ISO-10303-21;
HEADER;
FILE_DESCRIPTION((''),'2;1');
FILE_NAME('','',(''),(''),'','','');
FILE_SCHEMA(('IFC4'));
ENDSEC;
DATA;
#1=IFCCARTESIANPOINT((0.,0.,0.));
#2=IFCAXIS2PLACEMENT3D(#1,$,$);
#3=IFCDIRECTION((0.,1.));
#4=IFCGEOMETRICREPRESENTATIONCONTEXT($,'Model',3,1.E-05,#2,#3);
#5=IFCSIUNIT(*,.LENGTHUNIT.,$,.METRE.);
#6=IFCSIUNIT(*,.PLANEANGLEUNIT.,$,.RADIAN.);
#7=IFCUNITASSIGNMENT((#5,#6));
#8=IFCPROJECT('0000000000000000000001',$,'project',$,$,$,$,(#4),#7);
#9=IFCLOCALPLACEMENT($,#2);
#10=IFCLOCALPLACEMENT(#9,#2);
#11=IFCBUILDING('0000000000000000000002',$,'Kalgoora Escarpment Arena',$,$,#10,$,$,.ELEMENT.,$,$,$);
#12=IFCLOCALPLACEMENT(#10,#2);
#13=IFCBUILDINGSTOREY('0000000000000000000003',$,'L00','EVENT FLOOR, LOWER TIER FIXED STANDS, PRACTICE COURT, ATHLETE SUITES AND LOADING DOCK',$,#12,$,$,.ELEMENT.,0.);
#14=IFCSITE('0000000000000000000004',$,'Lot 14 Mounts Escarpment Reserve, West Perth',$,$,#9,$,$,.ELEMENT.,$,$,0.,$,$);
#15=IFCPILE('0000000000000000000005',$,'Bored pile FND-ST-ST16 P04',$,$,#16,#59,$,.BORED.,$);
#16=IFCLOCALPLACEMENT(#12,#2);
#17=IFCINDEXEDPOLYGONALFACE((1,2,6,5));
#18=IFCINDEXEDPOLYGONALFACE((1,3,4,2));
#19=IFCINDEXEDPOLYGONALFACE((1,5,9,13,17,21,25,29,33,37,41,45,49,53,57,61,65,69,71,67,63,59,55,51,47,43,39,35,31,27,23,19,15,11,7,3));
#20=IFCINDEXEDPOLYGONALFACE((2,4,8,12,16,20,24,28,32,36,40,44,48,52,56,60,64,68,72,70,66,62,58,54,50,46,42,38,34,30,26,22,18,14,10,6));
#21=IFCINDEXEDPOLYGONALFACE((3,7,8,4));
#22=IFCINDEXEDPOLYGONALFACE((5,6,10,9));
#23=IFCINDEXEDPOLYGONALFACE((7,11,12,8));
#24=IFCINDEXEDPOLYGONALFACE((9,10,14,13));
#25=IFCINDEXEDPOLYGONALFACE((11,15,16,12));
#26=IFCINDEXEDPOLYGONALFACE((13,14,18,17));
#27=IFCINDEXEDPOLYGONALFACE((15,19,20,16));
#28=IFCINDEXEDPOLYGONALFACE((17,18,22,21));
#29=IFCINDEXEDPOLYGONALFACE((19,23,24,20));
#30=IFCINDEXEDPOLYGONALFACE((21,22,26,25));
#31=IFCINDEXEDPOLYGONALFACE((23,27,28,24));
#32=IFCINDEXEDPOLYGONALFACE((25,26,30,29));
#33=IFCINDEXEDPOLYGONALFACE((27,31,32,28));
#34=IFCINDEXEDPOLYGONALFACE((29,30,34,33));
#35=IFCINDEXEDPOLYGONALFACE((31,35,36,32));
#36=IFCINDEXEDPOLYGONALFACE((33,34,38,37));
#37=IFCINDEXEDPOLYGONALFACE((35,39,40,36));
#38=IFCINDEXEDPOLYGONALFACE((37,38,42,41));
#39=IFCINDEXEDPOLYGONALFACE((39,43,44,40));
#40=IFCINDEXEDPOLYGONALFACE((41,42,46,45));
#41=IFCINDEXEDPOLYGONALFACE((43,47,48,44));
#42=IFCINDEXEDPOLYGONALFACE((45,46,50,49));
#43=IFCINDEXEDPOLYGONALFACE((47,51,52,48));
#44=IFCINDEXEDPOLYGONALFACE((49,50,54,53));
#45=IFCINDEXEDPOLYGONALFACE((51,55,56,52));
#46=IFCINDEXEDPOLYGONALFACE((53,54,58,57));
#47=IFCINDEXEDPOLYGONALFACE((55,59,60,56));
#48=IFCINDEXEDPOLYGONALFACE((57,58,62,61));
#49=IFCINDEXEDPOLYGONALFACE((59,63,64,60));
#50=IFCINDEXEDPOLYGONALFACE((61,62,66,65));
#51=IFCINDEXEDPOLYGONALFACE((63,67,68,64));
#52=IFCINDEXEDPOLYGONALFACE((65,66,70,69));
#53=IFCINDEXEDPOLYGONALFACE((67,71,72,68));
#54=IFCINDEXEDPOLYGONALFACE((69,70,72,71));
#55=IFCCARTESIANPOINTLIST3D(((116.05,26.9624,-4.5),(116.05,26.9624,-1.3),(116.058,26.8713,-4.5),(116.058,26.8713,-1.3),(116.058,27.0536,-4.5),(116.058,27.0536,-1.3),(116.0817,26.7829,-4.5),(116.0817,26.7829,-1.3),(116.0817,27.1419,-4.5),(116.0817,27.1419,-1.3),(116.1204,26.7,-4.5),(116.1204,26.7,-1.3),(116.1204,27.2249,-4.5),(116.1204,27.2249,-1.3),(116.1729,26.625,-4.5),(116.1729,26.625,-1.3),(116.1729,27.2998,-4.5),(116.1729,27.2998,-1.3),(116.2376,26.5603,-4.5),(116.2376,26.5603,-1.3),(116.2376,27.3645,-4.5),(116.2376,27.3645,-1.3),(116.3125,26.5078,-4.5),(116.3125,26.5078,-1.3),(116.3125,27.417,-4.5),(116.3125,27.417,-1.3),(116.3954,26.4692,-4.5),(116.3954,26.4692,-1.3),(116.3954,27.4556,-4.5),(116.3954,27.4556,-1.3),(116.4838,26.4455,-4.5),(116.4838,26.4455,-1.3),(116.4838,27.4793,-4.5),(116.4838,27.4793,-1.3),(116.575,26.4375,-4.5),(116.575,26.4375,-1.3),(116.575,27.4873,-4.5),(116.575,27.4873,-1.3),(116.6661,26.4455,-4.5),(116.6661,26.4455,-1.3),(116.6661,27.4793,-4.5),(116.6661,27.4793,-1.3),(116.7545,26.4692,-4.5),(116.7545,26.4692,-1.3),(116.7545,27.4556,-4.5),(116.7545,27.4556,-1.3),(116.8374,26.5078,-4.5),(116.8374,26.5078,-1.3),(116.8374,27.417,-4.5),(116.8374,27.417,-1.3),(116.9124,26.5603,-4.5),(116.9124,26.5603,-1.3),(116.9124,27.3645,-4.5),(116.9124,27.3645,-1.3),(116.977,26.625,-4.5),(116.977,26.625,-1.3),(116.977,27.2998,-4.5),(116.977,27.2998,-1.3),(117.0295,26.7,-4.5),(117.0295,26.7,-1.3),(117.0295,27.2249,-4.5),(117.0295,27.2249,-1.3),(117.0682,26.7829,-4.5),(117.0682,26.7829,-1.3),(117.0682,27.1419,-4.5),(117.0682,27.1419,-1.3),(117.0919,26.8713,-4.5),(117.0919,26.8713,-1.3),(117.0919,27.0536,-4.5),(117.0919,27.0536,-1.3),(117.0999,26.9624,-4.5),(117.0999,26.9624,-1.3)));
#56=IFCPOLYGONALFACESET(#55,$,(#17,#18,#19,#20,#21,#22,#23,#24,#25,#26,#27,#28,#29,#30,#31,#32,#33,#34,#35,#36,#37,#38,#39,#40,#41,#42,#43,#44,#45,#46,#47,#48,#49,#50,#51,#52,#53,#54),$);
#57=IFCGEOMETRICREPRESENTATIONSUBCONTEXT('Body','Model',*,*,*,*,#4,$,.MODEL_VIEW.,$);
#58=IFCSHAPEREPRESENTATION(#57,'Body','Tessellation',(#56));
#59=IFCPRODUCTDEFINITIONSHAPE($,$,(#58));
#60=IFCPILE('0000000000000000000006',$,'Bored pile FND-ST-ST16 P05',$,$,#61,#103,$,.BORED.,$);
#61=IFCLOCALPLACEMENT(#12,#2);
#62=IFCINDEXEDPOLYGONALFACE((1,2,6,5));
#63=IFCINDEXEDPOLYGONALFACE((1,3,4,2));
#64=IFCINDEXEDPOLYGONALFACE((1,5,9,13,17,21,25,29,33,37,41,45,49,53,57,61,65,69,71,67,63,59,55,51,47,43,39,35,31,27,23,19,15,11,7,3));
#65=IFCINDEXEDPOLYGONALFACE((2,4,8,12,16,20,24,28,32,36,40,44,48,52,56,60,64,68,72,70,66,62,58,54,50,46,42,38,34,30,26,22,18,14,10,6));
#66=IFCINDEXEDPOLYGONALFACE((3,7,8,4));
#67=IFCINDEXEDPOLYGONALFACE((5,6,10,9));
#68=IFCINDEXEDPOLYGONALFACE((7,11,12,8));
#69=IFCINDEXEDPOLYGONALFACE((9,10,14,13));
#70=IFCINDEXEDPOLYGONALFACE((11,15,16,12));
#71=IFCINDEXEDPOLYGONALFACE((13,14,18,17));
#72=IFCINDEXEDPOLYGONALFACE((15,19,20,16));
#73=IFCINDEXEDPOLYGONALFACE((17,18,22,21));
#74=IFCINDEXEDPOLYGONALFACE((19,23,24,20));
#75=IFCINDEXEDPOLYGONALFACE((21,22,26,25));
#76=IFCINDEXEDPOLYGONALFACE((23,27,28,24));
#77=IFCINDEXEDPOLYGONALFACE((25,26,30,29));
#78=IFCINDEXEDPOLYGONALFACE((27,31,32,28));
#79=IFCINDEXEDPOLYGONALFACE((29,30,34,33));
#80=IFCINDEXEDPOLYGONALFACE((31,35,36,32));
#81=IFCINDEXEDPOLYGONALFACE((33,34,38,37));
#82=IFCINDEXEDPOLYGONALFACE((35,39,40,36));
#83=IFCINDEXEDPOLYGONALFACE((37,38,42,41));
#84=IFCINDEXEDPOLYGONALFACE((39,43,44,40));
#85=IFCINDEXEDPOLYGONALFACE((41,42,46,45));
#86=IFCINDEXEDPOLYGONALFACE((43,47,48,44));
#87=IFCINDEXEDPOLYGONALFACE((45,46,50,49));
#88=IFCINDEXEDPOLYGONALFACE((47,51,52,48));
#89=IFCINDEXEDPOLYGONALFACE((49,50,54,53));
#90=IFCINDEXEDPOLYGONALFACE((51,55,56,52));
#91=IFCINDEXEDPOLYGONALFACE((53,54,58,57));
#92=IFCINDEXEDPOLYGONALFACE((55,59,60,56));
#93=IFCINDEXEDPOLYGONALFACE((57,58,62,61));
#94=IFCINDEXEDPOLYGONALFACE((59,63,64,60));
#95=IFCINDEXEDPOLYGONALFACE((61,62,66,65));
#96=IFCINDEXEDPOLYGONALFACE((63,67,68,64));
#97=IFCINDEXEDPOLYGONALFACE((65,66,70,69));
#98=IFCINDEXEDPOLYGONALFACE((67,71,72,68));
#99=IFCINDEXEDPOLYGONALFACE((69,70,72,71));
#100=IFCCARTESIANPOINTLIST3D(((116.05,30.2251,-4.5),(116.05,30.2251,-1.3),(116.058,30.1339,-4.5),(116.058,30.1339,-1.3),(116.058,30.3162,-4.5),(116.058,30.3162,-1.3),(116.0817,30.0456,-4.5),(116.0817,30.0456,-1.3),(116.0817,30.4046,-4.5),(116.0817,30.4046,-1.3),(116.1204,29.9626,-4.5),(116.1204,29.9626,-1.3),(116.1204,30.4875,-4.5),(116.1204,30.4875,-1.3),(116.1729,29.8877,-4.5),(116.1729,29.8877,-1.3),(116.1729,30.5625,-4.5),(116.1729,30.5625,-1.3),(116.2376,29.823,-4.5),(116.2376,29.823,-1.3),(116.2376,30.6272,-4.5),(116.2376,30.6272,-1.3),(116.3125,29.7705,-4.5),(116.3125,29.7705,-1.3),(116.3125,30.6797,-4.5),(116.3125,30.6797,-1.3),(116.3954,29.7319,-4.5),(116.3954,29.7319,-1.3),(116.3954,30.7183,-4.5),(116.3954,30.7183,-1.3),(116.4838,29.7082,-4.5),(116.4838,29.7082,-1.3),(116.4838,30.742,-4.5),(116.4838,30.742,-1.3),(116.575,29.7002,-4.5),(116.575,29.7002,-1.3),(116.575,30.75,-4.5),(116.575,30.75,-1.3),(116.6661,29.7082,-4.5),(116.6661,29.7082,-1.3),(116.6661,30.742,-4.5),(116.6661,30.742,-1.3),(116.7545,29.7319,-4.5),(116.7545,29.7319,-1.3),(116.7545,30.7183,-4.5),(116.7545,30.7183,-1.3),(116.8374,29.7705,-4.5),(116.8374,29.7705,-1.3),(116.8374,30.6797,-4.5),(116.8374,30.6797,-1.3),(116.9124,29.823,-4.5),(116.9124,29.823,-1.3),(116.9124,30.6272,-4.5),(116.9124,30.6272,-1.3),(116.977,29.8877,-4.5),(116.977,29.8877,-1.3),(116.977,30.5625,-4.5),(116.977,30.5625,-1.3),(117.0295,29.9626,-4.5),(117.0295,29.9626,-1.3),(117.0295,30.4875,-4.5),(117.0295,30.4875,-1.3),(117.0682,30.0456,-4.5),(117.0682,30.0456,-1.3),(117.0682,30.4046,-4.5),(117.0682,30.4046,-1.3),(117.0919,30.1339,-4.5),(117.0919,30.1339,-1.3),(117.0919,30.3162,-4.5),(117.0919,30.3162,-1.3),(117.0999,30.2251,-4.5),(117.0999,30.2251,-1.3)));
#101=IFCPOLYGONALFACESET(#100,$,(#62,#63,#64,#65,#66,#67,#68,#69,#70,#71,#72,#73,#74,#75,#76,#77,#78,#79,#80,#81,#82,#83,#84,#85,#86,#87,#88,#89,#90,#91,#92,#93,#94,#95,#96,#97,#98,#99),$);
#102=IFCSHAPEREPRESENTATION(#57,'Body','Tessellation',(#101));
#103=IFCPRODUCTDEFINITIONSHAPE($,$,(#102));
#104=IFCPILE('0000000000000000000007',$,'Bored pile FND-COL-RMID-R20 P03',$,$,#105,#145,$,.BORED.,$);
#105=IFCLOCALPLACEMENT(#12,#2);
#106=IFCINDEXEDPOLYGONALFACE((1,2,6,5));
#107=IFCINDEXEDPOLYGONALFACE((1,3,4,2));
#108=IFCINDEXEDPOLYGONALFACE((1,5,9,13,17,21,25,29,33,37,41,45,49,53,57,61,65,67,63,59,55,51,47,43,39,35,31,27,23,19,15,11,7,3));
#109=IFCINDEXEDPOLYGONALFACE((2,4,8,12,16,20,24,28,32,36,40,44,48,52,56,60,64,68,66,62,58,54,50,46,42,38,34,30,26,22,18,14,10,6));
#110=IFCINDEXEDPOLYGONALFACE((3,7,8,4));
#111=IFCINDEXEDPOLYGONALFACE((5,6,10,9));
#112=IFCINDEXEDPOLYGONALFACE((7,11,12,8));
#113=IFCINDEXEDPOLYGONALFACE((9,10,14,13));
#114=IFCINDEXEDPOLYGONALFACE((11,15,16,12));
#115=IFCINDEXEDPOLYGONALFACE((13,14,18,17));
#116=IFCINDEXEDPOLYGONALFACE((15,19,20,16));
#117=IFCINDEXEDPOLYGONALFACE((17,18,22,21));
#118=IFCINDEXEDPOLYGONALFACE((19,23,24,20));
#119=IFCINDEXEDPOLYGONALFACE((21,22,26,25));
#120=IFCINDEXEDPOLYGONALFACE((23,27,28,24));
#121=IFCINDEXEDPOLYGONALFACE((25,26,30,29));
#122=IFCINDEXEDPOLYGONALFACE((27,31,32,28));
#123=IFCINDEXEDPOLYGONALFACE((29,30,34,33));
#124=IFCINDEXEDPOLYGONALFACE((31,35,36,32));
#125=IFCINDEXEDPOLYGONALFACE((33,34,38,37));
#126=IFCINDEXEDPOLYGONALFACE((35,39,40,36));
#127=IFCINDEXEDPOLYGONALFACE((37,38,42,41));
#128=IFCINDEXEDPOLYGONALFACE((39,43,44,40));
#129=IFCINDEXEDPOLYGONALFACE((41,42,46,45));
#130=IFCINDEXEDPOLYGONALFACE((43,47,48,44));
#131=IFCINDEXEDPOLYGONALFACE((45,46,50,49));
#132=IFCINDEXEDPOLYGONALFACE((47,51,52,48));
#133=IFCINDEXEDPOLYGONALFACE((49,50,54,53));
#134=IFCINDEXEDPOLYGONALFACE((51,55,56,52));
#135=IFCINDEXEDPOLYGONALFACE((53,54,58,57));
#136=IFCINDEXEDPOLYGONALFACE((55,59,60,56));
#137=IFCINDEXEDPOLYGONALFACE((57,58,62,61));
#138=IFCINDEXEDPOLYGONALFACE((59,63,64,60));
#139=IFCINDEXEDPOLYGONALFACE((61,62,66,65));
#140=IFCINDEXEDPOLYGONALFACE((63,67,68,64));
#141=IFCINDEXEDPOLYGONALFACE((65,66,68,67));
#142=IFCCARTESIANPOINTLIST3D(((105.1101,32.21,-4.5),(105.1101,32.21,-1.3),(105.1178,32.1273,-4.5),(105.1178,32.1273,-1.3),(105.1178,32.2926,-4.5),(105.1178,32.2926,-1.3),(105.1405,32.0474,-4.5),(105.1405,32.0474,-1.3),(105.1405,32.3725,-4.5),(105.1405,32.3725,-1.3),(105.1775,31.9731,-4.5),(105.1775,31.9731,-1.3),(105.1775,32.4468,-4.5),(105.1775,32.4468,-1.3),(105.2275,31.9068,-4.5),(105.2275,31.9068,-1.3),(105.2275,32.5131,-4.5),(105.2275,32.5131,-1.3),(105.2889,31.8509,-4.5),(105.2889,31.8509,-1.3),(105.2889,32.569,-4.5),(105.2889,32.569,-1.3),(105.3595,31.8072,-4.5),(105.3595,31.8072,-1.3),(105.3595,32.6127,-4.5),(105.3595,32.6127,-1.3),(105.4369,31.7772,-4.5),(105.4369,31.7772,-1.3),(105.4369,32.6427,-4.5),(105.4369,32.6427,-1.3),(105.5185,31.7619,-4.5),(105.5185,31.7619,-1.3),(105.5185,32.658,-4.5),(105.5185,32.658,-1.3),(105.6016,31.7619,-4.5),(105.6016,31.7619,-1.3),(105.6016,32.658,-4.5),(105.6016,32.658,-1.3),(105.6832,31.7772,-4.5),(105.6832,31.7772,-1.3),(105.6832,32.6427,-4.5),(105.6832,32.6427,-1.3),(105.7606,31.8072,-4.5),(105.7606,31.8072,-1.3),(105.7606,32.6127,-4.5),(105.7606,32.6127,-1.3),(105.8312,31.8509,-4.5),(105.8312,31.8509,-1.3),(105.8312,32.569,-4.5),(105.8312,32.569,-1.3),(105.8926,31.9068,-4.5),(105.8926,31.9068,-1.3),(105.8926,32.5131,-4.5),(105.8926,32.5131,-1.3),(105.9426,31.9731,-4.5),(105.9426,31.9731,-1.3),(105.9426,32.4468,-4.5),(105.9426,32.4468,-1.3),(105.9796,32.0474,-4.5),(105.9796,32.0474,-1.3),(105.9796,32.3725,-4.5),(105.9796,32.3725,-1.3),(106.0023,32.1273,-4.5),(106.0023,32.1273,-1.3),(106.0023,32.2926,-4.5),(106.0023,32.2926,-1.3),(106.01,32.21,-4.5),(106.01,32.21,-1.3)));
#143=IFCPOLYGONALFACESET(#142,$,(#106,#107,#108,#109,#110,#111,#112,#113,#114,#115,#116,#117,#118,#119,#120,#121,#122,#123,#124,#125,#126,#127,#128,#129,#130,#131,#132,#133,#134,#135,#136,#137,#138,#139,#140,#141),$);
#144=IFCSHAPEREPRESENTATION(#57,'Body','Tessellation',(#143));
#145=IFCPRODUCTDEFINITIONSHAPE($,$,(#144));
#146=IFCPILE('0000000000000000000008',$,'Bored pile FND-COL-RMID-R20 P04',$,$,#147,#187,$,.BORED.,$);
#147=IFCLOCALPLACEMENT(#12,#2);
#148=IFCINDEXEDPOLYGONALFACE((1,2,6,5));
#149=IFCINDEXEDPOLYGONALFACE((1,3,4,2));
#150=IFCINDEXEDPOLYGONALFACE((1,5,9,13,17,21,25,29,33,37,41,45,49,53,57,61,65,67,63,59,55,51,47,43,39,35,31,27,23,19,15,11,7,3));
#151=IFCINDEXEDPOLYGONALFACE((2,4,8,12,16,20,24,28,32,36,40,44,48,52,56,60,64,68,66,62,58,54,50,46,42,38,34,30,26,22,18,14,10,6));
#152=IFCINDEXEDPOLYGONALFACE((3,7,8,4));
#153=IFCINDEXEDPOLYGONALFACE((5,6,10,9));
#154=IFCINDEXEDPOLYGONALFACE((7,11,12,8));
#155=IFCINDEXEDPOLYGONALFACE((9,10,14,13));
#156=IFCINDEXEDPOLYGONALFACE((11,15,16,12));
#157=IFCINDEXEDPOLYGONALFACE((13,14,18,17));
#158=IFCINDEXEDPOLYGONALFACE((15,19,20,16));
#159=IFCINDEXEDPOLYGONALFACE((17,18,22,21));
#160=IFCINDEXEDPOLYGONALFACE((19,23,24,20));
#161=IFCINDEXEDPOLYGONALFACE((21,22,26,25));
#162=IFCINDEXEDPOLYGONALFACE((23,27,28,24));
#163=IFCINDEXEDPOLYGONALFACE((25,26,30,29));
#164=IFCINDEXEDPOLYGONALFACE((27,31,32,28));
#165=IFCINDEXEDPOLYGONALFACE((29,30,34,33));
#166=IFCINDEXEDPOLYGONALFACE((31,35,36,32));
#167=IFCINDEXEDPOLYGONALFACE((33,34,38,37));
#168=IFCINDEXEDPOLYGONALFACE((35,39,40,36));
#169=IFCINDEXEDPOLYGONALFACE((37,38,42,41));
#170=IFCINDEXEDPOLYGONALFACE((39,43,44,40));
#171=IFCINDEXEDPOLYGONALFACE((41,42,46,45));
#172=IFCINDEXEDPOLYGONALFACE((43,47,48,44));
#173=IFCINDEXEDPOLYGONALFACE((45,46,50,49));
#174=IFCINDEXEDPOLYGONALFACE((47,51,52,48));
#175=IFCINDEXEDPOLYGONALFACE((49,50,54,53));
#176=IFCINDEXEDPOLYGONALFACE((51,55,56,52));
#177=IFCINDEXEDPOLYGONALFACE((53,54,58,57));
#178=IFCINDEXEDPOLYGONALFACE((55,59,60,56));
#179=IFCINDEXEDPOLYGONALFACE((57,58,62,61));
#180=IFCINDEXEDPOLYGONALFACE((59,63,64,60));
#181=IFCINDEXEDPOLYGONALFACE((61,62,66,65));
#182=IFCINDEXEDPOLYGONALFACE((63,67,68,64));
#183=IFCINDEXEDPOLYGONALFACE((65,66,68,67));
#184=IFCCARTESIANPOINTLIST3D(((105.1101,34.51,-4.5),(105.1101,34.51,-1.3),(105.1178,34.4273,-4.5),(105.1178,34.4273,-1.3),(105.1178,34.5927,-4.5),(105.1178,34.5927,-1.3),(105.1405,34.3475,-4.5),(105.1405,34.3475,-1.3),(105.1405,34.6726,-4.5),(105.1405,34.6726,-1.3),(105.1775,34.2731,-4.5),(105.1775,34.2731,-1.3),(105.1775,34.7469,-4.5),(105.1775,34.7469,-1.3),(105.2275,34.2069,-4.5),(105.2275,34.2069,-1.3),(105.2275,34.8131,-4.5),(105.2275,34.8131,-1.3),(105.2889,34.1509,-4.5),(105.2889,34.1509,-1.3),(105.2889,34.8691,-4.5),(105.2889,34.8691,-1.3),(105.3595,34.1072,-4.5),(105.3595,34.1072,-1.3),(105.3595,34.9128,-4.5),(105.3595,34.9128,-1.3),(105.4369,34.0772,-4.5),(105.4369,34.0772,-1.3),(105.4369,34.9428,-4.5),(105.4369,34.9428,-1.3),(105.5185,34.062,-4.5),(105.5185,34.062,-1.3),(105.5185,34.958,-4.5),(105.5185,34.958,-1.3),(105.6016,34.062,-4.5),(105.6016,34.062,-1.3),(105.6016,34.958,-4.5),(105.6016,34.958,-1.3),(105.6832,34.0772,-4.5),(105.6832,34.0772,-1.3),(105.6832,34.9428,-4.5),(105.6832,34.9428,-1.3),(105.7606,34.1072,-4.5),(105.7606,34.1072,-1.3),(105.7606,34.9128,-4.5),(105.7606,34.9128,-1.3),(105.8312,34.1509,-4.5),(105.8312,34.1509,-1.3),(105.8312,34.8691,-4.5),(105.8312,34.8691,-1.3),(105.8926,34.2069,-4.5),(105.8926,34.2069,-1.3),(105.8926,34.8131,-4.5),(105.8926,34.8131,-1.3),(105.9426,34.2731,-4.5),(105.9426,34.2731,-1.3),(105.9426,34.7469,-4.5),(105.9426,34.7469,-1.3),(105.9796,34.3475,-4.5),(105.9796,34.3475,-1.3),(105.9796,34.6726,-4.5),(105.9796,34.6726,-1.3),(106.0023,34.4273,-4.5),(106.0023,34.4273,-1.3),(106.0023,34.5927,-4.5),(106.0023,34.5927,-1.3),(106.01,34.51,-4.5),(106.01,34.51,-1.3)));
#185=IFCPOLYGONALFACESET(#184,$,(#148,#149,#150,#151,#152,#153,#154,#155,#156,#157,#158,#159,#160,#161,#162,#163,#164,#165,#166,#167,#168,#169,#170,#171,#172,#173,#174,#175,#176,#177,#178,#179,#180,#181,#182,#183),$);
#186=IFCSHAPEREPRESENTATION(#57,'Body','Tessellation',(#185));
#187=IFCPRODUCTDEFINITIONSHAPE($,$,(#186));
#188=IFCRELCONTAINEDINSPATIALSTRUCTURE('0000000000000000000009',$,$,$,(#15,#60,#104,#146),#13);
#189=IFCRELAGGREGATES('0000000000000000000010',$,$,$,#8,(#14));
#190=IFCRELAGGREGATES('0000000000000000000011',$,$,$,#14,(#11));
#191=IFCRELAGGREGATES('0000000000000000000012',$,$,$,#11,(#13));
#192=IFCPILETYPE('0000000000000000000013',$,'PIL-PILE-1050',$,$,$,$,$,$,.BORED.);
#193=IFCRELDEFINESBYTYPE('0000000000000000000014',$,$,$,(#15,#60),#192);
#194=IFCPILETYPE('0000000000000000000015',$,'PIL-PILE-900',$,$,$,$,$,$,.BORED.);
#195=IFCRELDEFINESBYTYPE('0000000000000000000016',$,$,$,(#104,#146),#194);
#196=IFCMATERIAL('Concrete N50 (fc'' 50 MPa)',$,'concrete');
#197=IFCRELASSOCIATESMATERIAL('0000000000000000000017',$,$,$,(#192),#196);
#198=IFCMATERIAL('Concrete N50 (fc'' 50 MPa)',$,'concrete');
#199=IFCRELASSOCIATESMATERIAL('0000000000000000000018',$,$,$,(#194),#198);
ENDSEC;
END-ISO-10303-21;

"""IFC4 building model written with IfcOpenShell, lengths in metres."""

from ifc_helpers import new_model, si_unit, direction, frame, origin, origin_2d, place, context, subcontext, project, spatial, circle, extrude, material, material_profile, profile_set, type_object, element, save


model = new_model("IFC4")

# Units and contexts
model_context = context("Model", 3, precision=1e-05, world=origin(), true_north=direction((0.0, 1.0)))
body_context = subcontext(model_context, "Body", "Model", "MODEL_VIEW")
ifc_project = project(units=[si_unit("LENGTHUNIT", "METRE"), si_unit("PLANEANGLEUNIT", "RADIAN")], contexts=[model_context])

# Site, building, storey
site_placement = place(None, origin())
site = spatial("IfcSite", under=ifc_project, at=site_placement, Name="Lot 14 Mounts Escarpment Reserve, West Perth", CompositionType="ELEMENT", RefElevation=0.0)
building_placement = place(site_placement, origin())
building = spatial("IfcBuilding", under=site, at=building_placement, Name="Kalgoora Escarpment Arena", CompositionType="ELEMENT")
storey_placement = place(building_placement, origin())
storey = spatial("IfcBuildingStorey", under=building, at=storey_placement, Name="L00", Description="EVENT FLOOR, LOWER TIER FIXED STANDS, PRACTICE COURT, ATHLETE SUITES AND LOADING DOCK", CompositionType="ELEMENT", Elevation=0.0)

# Piles
ifc_material_1 = material(Name="Concrete N50 (fc' 50 MPa)", Category="concrete")
ifc_material_profile_1 = material_profile(ifc_material_1, circle(Radius=0.5249, at=origin_2d()))
ifc_profile_set_1 = profile_set([ifc_material_profile_1], Name="Concrete N50 (fc' 50 MPa)")
pile_type_1 = type_object("IfcPileType", Name="PIL-PILE-1050", PredefinedType="BORED", material=ifc_profile_set_1)
for number, where, z_axis, x_axis, name in (
    (1, (116.575, 26.9624, -1.3), (0.0, 0.0, -1.0), (1.0, 0.0, 0.0), "Bored pile FND-ST-ST16 P04"),
    (2, (116.575, 30.2251, -1.3), (0.0, 0.0, -1.0), (1.0, 0.0, 0.0), "Bored pile FND-ST-ST16 P05"),
):
    element("IfcPile", number, at=place(storey_placement, frame(where, z_axis=z_axis, x_axis=x_axis)), inside=storey, type_object=pile_type_1, Name=name, PredefinedType="BORED", context=body_context, shape_type="SweptSolid", body=[
        extrude(circle(Radius=0.5249, at=origin_2d()), origin(), (0.0, 0.0, 1.0), 3.2),
    ])
ifc_material_2 = material(Name="Concrete N50 (fc' 50 MPa)", Category="concrete")
ifc_material_profile_2 = material_profile(ifc_material_2, circle(Radius=0.45, at=origin_2d()))
ifc_profile_set_2 = profile_set([ifc_material_profile_2], Name="Concrete N50 (fc' 50 MPa)")
pile_type_2 = type_object("IfcPileType", Name="PIL-PILE-900", PredefinedType="BORED", material=ifc_profile_set_2)
for number, where, z_axis, x_axis, name in (
    (3, (105.5601, 32.21, -1.3), (0.0, 0.0, -1.0), (1.0, 0.0, 0.0), "Bored pile FND-COL-RMID-R20 P03"),
    (4, (105.5601, 34.51, -1.3), (0.0, 0.0, -1.0), (1.0, 0.0, 0.0), "Bored pile FND-COL-RMID-R20 P04"),
):
    element("IfcPile", number, at=place(storey_placement, frame(where, z_axis=z_axis, x_axis=x_axis)), inside=storey, type_object=pile_type_2, Name=name, PredefinedType="BORED", context=body_context, shape_type="SweptSolid", body=[
        extrude(circle(Radius=0.45, at=origin_2d()), origin(), (0.0, 0.0, 1.0), 3.2),
    ])

save(model, "model.ifc")
